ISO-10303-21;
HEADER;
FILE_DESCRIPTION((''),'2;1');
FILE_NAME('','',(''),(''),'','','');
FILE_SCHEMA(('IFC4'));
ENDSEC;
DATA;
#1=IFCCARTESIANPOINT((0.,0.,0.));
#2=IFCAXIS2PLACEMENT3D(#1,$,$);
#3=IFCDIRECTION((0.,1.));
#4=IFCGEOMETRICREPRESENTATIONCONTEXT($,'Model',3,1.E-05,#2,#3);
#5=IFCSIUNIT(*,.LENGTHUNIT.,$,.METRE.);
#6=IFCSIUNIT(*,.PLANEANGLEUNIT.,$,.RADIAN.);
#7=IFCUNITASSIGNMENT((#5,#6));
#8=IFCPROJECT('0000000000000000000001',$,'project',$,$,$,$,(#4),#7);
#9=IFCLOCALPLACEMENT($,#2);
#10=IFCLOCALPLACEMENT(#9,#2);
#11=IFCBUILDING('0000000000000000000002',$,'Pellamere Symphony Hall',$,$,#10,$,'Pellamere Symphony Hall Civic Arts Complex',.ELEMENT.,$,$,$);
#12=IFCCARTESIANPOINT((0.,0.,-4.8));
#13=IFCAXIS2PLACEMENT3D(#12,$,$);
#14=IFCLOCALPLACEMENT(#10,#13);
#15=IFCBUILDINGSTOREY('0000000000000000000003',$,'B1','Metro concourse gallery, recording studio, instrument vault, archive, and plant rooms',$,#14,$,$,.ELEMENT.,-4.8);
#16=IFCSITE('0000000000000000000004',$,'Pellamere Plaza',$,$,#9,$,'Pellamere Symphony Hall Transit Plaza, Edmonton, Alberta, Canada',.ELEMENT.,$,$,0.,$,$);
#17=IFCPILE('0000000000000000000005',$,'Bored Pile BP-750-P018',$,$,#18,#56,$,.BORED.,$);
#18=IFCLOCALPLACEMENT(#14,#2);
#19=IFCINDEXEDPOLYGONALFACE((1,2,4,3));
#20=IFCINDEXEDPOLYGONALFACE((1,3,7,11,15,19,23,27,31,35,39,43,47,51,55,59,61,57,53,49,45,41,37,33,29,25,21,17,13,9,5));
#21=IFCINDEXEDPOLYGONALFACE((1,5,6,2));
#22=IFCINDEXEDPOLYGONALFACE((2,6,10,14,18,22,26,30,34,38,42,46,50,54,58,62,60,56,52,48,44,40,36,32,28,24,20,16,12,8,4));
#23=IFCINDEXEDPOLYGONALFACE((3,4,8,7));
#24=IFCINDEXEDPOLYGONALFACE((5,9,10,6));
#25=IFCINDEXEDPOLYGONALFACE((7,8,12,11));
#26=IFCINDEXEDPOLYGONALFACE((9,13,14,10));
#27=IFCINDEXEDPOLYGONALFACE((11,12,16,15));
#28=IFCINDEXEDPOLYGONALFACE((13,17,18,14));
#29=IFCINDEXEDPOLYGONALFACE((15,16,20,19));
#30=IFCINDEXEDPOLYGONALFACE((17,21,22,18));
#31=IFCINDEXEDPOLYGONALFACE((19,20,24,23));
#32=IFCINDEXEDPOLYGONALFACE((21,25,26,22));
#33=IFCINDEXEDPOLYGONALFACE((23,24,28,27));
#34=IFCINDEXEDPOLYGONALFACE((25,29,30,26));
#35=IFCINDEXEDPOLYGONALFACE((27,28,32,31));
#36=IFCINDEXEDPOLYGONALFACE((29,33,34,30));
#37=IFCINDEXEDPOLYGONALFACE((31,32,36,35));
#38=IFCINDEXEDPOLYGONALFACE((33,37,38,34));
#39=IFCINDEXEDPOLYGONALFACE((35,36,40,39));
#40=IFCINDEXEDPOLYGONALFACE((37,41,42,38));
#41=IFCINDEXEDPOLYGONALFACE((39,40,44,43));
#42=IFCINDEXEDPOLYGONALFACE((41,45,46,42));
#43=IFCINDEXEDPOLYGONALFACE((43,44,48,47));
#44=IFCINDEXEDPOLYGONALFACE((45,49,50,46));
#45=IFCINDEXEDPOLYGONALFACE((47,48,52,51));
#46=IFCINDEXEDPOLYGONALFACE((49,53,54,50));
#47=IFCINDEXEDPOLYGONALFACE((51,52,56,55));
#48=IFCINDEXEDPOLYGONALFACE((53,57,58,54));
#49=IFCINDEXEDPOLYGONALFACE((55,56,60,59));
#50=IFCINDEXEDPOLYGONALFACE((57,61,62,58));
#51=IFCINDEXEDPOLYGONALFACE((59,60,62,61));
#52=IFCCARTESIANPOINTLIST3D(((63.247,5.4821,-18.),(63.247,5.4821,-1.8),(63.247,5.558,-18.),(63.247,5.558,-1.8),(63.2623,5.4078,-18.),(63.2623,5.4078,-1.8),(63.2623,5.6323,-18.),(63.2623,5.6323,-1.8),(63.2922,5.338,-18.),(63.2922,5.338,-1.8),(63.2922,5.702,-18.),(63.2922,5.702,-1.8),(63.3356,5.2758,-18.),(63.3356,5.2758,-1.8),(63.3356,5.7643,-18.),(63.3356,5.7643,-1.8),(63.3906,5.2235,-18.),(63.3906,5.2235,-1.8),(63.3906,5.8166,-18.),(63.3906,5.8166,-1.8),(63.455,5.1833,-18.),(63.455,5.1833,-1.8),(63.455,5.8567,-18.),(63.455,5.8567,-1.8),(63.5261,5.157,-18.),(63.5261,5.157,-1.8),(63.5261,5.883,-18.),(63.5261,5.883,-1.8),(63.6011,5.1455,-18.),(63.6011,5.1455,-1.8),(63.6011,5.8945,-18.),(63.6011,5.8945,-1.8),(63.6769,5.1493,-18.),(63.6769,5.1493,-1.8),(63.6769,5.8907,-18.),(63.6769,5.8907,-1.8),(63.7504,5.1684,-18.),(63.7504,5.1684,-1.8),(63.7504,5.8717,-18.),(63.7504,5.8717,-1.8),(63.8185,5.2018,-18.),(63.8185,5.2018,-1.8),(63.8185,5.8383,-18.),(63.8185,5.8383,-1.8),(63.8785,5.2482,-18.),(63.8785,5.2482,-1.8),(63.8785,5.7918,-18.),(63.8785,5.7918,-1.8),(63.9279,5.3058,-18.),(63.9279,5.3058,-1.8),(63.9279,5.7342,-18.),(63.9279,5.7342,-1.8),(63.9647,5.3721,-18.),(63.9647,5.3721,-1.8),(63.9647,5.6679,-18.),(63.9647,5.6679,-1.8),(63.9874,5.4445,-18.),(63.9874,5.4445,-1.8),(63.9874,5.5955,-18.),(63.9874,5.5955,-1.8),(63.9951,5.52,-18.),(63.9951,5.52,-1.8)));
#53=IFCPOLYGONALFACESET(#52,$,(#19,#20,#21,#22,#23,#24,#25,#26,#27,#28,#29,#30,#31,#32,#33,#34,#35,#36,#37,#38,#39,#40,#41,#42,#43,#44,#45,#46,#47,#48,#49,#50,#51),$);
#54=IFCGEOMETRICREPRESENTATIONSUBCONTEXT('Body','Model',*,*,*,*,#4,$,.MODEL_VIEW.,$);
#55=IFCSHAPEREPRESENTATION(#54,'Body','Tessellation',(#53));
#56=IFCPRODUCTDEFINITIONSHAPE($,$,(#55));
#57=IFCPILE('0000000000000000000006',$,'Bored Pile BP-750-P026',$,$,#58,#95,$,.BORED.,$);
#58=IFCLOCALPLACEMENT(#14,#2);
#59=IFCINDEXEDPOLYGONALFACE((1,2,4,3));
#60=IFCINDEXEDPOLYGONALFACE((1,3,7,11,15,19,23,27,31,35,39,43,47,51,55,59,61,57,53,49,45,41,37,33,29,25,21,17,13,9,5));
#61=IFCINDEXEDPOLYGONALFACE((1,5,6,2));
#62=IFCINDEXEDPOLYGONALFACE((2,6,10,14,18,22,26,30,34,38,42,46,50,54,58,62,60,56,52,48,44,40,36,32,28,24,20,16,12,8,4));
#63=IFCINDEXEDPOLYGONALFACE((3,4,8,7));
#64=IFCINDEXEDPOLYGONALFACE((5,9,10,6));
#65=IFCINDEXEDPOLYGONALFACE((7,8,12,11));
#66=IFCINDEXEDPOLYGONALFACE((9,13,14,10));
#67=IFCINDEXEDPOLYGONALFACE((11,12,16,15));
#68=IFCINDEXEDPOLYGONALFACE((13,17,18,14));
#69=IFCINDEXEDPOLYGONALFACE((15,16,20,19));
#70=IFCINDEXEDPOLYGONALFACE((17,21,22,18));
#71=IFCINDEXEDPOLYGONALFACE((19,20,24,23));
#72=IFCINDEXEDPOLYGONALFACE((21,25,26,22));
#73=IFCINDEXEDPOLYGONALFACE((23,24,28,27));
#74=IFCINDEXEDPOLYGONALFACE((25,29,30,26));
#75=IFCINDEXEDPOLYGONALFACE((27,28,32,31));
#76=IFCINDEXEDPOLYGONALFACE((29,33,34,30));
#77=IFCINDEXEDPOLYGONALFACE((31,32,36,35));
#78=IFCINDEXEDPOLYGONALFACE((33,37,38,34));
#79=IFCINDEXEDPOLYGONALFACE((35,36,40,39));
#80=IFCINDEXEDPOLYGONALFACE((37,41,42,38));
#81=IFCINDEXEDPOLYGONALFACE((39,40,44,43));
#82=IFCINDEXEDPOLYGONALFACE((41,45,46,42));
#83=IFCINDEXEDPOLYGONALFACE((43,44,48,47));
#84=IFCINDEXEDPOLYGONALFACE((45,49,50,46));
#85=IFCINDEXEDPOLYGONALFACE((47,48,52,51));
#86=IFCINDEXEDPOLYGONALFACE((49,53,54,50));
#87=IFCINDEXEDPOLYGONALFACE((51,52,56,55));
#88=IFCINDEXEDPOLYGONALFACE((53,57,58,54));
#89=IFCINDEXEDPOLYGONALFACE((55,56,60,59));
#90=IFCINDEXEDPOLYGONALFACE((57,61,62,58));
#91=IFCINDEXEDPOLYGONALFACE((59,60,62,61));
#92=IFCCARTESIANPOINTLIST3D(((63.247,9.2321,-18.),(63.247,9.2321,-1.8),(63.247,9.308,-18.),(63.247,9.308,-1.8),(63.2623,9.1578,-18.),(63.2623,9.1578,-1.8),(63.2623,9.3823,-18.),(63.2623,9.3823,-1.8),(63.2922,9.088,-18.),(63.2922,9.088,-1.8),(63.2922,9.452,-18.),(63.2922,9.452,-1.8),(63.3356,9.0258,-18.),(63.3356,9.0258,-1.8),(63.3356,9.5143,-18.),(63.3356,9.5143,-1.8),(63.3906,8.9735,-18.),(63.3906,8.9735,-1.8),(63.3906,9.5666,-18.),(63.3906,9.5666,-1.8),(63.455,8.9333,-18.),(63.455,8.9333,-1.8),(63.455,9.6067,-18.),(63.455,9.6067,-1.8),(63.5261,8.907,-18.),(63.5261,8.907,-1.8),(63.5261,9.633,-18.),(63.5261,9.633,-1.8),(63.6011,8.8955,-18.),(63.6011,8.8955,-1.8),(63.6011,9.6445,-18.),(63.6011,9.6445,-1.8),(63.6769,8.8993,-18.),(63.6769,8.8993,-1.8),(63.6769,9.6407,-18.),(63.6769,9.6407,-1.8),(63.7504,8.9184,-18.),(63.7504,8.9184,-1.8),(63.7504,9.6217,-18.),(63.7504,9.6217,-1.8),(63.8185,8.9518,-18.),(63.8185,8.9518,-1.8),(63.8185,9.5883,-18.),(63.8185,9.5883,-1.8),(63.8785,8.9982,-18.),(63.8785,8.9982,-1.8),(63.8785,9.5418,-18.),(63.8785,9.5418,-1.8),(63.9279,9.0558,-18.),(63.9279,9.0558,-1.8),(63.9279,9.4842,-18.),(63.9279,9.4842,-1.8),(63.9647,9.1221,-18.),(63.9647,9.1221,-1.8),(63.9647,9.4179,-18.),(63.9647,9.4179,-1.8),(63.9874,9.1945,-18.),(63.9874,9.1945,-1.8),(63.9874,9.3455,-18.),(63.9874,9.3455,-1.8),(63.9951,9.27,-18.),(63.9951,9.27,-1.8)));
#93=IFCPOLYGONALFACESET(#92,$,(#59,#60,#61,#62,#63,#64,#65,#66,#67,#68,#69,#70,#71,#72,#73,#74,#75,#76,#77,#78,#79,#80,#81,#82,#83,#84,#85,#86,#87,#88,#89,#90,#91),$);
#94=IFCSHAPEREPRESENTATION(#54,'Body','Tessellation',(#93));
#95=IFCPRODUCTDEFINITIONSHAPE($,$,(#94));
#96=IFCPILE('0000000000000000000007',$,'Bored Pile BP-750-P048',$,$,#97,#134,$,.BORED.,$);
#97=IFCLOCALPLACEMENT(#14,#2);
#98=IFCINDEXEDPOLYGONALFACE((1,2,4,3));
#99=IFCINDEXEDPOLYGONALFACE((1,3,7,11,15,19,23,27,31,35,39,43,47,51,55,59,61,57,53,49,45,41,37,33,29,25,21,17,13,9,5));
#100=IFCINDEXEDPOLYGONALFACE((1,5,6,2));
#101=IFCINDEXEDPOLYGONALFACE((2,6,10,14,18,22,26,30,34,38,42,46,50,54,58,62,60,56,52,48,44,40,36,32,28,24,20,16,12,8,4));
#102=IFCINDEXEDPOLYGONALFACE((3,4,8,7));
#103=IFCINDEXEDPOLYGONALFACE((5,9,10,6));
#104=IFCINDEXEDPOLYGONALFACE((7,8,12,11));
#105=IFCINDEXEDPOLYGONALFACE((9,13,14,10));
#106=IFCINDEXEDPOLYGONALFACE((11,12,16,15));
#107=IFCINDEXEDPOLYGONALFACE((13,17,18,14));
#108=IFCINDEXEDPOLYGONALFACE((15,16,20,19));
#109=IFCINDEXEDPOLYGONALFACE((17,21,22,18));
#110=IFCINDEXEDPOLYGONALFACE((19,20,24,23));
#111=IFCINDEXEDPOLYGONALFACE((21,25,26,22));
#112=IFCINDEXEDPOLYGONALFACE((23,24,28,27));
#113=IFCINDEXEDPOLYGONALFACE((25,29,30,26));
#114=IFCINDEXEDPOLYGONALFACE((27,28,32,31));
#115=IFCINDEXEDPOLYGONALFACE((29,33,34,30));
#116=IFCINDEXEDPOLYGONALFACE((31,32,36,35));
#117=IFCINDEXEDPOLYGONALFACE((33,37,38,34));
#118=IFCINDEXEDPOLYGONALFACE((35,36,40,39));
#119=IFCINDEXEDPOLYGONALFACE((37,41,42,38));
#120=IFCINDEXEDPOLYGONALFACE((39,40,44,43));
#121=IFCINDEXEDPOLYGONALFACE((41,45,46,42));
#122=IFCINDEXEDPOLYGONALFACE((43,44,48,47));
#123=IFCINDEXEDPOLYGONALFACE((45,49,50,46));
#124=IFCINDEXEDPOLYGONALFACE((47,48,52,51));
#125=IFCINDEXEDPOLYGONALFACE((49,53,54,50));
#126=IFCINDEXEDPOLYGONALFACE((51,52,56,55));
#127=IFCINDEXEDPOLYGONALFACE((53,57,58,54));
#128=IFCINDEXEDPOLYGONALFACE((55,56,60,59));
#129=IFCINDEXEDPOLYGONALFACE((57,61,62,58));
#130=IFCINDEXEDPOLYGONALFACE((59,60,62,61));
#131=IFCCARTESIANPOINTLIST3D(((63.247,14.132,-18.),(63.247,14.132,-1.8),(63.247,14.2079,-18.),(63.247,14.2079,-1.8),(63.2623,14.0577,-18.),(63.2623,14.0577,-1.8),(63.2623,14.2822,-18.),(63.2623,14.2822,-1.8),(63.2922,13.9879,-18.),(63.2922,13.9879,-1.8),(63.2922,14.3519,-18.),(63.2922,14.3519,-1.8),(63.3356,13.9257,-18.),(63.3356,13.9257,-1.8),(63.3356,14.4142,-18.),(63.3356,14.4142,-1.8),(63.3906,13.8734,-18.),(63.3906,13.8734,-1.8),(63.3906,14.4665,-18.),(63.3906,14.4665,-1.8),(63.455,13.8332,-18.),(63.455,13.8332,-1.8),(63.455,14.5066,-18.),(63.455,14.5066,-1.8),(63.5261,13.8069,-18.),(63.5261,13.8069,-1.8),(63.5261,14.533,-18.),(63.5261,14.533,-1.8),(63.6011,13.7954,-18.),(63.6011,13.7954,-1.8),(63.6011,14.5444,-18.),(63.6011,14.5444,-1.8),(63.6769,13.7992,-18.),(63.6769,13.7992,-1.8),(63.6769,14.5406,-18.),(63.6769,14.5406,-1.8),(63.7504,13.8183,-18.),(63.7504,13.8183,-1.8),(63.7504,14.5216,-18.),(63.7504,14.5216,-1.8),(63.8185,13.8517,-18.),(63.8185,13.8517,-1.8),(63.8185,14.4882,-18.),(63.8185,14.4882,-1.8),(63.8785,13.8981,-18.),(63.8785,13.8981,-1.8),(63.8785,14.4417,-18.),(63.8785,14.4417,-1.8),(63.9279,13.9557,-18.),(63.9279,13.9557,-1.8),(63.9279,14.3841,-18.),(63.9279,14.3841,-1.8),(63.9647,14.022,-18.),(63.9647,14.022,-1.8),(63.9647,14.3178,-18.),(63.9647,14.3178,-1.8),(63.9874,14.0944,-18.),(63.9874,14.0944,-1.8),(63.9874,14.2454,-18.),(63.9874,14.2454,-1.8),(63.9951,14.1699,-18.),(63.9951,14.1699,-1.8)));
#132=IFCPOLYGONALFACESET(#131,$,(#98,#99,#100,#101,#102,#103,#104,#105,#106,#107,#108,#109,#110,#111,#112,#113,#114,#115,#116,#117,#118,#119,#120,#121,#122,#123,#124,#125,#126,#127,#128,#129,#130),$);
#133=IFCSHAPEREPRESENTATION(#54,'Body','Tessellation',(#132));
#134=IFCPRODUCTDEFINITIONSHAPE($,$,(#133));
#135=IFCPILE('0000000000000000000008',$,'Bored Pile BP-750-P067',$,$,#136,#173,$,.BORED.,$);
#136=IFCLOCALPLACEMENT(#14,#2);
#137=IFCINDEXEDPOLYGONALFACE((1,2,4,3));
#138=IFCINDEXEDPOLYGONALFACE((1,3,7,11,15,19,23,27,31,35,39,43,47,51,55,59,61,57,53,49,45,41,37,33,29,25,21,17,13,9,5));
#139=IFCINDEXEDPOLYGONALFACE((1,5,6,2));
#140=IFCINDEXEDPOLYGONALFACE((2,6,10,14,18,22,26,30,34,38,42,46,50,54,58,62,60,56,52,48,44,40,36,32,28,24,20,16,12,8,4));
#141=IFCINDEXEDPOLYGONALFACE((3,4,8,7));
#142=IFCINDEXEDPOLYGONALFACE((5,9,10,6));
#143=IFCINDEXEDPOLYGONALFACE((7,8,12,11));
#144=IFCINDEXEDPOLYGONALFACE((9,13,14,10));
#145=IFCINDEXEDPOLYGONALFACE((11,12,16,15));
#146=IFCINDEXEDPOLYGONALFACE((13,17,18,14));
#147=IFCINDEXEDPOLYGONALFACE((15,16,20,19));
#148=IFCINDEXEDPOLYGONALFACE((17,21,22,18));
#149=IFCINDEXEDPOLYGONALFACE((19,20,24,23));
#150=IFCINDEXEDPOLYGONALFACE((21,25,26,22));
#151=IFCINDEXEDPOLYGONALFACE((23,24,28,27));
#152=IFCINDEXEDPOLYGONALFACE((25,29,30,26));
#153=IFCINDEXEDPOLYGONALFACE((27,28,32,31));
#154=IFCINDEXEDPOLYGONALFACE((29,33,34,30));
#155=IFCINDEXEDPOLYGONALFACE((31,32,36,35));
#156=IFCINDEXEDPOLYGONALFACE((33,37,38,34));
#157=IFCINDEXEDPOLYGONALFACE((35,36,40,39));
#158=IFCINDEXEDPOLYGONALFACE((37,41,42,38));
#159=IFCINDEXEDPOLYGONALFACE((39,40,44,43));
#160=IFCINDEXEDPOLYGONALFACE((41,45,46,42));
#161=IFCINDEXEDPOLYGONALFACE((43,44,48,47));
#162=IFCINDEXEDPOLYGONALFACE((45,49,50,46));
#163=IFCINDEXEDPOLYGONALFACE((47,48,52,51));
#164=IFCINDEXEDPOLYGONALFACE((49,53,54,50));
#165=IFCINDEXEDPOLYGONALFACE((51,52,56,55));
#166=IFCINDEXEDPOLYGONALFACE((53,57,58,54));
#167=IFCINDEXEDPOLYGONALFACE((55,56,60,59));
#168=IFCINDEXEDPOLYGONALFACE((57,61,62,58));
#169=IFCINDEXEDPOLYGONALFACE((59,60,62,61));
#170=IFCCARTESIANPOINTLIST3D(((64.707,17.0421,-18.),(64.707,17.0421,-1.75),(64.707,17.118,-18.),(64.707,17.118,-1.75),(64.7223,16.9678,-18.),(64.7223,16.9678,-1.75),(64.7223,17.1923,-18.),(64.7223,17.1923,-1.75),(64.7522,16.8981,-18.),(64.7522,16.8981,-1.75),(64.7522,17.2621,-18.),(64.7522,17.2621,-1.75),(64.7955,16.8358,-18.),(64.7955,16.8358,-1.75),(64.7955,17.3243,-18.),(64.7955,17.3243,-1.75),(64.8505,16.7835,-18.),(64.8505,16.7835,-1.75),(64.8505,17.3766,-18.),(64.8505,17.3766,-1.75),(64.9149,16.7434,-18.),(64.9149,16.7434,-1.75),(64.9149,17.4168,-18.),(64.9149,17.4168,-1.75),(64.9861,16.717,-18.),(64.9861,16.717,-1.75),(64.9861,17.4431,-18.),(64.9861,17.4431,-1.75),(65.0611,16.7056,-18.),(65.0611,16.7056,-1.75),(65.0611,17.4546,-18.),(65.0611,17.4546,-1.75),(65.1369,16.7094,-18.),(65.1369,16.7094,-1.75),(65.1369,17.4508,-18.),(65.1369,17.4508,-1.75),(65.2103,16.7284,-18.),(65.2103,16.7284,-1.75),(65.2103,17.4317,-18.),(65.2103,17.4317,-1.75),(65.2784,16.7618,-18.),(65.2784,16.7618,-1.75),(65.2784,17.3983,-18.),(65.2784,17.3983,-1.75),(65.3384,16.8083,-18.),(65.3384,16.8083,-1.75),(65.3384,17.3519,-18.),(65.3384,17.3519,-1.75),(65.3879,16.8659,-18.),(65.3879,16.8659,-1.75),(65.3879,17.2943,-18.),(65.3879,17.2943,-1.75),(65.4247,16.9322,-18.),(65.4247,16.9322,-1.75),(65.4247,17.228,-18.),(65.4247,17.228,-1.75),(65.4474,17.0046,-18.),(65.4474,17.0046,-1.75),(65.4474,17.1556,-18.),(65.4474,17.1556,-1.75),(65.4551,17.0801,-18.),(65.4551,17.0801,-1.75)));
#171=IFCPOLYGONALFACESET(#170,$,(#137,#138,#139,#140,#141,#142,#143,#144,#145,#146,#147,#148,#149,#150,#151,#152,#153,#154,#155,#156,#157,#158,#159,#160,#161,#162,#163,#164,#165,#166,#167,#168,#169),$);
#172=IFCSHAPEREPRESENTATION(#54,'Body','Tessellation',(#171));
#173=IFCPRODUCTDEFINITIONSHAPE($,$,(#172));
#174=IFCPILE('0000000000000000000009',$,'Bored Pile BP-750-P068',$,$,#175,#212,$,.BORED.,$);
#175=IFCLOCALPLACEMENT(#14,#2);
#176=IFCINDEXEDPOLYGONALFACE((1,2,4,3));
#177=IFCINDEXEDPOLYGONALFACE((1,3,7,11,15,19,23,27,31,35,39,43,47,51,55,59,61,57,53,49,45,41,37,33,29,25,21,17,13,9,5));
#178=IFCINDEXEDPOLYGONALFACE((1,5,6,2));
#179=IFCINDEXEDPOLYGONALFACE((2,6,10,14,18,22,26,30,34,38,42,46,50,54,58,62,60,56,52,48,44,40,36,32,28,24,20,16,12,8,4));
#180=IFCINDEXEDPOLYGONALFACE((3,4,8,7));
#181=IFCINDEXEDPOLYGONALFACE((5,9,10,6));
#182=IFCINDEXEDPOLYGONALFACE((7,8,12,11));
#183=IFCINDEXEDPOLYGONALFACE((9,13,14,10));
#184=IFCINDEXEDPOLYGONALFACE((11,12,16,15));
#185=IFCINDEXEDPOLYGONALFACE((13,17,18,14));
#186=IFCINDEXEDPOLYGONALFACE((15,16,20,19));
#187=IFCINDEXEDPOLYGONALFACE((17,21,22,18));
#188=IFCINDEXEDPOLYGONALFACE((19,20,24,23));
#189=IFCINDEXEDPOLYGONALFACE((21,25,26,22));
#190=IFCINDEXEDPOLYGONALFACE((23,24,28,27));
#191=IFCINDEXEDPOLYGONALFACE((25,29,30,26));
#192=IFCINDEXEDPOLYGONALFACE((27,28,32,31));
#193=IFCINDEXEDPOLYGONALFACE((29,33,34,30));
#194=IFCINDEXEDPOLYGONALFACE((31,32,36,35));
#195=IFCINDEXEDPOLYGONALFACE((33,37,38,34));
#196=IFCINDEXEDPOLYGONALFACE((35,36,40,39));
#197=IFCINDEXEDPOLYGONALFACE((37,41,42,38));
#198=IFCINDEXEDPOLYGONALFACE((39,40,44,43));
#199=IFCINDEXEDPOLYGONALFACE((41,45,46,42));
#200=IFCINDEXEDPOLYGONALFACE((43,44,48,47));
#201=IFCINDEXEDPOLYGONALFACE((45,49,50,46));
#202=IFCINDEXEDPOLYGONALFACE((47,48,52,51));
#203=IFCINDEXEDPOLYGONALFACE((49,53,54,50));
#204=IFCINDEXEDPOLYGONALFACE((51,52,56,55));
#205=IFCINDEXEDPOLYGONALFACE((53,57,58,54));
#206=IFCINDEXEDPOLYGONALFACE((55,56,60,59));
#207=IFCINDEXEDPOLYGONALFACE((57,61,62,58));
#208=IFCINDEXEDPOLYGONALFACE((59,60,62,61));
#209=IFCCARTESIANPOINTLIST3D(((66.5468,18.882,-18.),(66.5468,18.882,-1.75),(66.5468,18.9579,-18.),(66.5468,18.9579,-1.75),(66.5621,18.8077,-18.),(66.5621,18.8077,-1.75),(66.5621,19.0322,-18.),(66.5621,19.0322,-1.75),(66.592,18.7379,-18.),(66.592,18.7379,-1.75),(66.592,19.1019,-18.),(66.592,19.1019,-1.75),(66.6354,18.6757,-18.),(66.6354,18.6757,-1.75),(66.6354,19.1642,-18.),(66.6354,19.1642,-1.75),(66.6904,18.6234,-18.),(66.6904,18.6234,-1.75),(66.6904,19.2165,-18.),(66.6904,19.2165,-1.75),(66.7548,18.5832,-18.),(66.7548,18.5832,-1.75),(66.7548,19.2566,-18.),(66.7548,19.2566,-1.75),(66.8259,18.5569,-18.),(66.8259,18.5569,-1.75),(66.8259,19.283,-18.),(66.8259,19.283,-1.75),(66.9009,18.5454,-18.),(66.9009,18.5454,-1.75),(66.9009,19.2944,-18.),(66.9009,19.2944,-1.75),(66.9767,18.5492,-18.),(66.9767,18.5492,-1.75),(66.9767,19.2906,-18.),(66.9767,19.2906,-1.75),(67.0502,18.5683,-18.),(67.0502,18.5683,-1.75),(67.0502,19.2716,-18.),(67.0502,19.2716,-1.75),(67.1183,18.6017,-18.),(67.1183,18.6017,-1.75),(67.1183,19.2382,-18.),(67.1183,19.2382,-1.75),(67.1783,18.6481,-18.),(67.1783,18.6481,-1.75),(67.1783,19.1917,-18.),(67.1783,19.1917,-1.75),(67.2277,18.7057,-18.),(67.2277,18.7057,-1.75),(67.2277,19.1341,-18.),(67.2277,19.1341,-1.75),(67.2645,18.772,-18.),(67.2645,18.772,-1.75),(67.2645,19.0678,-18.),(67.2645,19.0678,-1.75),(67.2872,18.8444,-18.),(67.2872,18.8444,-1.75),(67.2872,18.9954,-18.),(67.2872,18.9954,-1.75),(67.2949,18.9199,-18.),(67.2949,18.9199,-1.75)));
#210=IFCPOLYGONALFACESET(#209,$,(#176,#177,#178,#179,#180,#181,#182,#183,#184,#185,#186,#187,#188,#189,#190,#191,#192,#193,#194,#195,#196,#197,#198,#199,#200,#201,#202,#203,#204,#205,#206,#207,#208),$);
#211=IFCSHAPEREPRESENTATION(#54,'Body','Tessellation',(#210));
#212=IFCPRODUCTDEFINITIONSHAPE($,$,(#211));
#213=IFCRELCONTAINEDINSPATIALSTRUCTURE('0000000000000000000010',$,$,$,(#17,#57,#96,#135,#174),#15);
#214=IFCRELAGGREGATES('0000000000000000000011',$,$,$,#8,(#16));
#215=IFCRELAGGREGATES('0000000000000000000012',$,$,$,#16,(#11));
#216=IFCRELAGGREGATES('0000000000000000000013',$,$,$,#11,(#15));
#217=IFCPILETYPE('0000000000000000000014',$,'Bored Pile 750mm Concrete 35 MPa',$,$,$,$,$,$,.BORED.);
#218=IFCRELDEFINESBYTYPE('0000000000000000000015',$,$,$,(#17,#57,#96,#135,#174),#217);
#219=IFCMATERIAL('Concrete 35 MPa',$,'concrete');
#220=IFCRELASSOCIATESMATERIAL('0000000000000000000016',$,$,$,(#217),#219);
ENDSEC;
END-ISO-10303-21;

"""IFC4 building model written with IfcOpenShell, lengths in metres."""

from ifc_helpers import new_model, si_unit, direction, frame, origin, origin_2d, place, context, subcontext, project, spatial, circle, extrude, material, material_profile, profile_set, type_object, element, save


model = new_model("IFC4")

# Units and contexts
model_context = context("Model", 3, precision=1e-05, world=origin(), true_north=direction((0.0, 1.0)))
body_context = subcontext(model_context, "Body", "Model", "MODEL_VIEW")
ifc_project = project(units=[si_unit("LENGTHUNIT", "METRE"), si_unit("PLANEANGLEUNIT", "RADIAN")], contexts=[model_context])

# Site, building, storey
site_placement = place(None, origin())
site = spatial("IfcSite", under=ifc_project, at=site_placement, Name="Pellamere Plaza", LongName="Pellamere Symphony Hall Transit Plaza, Edmonton, Alberta, Canada", CompositionType="ELEMENT", RefElevation=0.0)
building_placement = place(site_placement, origin())
building = spatial("IfcBuilding", under=site, at=building_placement, Name="Pellamere Symphony Hall", LongName="Pellamere Symphony Hall Civic Arts Complex", CompositionType="ELEMENT")
storey_placement = place(building_placement, frame((0.0, 0.0, -4.8)))
storey = spatial("IfcBuildingStorey", under=building, at=storey_placement, Name="B1", Description="Metro concourse gallery, recording studio, instrument vault, archive, and plant rooms", CompositionType="ELEMENT", Elevation=-4.8)

# Piles
ifc_material_1 = material(Name="Concrete 35 MPa", Category="concrete")
ifc_material_profile_1 = material_profile(ifc_material_1, circle(Radius=0.375, at=origin_2d()), Name="PILE D750")
ifc_profile_set_1 = profile_set([ifc_material_profile_1], Name="Concrete 35 MPa")
pile_type = type_object("IfcPileType", Name="Bored Pile 750mm Concrete 35 MPa", PredefinedType="BORED", material=ifc_profile_set_1)
for number, where, z_axis, x_axis, name in (
    (1, (63.6201, 5.52, -1.8), (0.0, 0.0, -1.0), (1.0, 0.0, 0.0), "Bored Pile BP-750-P018"),
    (2, (63.6201, 9.27, -1.8), (0.0, 0.0, -1.0), (1.0, 0.0, 0.0), "Bored Pile BP-750-P026"),
    (3, (63.6201, 14.1699, -1.8), (0.0, 0.0, -1.0), (1.0, 0.0, 0.0), "Bored Pile BP-750-P048"),
):
    element("IfcPile", number, at=place(storey_placement, frame(where, z_axis=z_axis, x_axis=x_axis)), inside=storey, type_object=pile_type, Name=name, PredefinedType="BORED", context=body_context, shape_type="SweptSolid", body=[
        extrude(circle(Radius=0.375, at=origin_2d()), origin(), (0.0, 0.0, 1.0), 16.2),
    ])
for number, where, z_axis, x_axis, name in (
    (4, (65.0801, 17.0801, -1.75), (0.0, 0.0, -1.0), (1.0, 0.0, 0.0), "Bored Pile BP-750-P067"),
    (5, (66.9199, 18.9199, -1.75), (0.0, 0.0, -1.0), (1.0, 0.0, 0.0), "Bored Pile BP-750-P068"),
):
    element("IfcPile", number, at=place(storey_placement, frame(where, z_axis=z_axis, x_axis=x_axis)), inside=storey, type_object=pile_type, Name=name, PredefinedType="BORED", context=body_context, shape_type="SweptSolid", body=[
        extrude(circle(Radius=0.375, at=origin_2d()), origin(), (0.0, 0.0, 1.0), 16.25),
    ])

save(model, "model.ifc")
